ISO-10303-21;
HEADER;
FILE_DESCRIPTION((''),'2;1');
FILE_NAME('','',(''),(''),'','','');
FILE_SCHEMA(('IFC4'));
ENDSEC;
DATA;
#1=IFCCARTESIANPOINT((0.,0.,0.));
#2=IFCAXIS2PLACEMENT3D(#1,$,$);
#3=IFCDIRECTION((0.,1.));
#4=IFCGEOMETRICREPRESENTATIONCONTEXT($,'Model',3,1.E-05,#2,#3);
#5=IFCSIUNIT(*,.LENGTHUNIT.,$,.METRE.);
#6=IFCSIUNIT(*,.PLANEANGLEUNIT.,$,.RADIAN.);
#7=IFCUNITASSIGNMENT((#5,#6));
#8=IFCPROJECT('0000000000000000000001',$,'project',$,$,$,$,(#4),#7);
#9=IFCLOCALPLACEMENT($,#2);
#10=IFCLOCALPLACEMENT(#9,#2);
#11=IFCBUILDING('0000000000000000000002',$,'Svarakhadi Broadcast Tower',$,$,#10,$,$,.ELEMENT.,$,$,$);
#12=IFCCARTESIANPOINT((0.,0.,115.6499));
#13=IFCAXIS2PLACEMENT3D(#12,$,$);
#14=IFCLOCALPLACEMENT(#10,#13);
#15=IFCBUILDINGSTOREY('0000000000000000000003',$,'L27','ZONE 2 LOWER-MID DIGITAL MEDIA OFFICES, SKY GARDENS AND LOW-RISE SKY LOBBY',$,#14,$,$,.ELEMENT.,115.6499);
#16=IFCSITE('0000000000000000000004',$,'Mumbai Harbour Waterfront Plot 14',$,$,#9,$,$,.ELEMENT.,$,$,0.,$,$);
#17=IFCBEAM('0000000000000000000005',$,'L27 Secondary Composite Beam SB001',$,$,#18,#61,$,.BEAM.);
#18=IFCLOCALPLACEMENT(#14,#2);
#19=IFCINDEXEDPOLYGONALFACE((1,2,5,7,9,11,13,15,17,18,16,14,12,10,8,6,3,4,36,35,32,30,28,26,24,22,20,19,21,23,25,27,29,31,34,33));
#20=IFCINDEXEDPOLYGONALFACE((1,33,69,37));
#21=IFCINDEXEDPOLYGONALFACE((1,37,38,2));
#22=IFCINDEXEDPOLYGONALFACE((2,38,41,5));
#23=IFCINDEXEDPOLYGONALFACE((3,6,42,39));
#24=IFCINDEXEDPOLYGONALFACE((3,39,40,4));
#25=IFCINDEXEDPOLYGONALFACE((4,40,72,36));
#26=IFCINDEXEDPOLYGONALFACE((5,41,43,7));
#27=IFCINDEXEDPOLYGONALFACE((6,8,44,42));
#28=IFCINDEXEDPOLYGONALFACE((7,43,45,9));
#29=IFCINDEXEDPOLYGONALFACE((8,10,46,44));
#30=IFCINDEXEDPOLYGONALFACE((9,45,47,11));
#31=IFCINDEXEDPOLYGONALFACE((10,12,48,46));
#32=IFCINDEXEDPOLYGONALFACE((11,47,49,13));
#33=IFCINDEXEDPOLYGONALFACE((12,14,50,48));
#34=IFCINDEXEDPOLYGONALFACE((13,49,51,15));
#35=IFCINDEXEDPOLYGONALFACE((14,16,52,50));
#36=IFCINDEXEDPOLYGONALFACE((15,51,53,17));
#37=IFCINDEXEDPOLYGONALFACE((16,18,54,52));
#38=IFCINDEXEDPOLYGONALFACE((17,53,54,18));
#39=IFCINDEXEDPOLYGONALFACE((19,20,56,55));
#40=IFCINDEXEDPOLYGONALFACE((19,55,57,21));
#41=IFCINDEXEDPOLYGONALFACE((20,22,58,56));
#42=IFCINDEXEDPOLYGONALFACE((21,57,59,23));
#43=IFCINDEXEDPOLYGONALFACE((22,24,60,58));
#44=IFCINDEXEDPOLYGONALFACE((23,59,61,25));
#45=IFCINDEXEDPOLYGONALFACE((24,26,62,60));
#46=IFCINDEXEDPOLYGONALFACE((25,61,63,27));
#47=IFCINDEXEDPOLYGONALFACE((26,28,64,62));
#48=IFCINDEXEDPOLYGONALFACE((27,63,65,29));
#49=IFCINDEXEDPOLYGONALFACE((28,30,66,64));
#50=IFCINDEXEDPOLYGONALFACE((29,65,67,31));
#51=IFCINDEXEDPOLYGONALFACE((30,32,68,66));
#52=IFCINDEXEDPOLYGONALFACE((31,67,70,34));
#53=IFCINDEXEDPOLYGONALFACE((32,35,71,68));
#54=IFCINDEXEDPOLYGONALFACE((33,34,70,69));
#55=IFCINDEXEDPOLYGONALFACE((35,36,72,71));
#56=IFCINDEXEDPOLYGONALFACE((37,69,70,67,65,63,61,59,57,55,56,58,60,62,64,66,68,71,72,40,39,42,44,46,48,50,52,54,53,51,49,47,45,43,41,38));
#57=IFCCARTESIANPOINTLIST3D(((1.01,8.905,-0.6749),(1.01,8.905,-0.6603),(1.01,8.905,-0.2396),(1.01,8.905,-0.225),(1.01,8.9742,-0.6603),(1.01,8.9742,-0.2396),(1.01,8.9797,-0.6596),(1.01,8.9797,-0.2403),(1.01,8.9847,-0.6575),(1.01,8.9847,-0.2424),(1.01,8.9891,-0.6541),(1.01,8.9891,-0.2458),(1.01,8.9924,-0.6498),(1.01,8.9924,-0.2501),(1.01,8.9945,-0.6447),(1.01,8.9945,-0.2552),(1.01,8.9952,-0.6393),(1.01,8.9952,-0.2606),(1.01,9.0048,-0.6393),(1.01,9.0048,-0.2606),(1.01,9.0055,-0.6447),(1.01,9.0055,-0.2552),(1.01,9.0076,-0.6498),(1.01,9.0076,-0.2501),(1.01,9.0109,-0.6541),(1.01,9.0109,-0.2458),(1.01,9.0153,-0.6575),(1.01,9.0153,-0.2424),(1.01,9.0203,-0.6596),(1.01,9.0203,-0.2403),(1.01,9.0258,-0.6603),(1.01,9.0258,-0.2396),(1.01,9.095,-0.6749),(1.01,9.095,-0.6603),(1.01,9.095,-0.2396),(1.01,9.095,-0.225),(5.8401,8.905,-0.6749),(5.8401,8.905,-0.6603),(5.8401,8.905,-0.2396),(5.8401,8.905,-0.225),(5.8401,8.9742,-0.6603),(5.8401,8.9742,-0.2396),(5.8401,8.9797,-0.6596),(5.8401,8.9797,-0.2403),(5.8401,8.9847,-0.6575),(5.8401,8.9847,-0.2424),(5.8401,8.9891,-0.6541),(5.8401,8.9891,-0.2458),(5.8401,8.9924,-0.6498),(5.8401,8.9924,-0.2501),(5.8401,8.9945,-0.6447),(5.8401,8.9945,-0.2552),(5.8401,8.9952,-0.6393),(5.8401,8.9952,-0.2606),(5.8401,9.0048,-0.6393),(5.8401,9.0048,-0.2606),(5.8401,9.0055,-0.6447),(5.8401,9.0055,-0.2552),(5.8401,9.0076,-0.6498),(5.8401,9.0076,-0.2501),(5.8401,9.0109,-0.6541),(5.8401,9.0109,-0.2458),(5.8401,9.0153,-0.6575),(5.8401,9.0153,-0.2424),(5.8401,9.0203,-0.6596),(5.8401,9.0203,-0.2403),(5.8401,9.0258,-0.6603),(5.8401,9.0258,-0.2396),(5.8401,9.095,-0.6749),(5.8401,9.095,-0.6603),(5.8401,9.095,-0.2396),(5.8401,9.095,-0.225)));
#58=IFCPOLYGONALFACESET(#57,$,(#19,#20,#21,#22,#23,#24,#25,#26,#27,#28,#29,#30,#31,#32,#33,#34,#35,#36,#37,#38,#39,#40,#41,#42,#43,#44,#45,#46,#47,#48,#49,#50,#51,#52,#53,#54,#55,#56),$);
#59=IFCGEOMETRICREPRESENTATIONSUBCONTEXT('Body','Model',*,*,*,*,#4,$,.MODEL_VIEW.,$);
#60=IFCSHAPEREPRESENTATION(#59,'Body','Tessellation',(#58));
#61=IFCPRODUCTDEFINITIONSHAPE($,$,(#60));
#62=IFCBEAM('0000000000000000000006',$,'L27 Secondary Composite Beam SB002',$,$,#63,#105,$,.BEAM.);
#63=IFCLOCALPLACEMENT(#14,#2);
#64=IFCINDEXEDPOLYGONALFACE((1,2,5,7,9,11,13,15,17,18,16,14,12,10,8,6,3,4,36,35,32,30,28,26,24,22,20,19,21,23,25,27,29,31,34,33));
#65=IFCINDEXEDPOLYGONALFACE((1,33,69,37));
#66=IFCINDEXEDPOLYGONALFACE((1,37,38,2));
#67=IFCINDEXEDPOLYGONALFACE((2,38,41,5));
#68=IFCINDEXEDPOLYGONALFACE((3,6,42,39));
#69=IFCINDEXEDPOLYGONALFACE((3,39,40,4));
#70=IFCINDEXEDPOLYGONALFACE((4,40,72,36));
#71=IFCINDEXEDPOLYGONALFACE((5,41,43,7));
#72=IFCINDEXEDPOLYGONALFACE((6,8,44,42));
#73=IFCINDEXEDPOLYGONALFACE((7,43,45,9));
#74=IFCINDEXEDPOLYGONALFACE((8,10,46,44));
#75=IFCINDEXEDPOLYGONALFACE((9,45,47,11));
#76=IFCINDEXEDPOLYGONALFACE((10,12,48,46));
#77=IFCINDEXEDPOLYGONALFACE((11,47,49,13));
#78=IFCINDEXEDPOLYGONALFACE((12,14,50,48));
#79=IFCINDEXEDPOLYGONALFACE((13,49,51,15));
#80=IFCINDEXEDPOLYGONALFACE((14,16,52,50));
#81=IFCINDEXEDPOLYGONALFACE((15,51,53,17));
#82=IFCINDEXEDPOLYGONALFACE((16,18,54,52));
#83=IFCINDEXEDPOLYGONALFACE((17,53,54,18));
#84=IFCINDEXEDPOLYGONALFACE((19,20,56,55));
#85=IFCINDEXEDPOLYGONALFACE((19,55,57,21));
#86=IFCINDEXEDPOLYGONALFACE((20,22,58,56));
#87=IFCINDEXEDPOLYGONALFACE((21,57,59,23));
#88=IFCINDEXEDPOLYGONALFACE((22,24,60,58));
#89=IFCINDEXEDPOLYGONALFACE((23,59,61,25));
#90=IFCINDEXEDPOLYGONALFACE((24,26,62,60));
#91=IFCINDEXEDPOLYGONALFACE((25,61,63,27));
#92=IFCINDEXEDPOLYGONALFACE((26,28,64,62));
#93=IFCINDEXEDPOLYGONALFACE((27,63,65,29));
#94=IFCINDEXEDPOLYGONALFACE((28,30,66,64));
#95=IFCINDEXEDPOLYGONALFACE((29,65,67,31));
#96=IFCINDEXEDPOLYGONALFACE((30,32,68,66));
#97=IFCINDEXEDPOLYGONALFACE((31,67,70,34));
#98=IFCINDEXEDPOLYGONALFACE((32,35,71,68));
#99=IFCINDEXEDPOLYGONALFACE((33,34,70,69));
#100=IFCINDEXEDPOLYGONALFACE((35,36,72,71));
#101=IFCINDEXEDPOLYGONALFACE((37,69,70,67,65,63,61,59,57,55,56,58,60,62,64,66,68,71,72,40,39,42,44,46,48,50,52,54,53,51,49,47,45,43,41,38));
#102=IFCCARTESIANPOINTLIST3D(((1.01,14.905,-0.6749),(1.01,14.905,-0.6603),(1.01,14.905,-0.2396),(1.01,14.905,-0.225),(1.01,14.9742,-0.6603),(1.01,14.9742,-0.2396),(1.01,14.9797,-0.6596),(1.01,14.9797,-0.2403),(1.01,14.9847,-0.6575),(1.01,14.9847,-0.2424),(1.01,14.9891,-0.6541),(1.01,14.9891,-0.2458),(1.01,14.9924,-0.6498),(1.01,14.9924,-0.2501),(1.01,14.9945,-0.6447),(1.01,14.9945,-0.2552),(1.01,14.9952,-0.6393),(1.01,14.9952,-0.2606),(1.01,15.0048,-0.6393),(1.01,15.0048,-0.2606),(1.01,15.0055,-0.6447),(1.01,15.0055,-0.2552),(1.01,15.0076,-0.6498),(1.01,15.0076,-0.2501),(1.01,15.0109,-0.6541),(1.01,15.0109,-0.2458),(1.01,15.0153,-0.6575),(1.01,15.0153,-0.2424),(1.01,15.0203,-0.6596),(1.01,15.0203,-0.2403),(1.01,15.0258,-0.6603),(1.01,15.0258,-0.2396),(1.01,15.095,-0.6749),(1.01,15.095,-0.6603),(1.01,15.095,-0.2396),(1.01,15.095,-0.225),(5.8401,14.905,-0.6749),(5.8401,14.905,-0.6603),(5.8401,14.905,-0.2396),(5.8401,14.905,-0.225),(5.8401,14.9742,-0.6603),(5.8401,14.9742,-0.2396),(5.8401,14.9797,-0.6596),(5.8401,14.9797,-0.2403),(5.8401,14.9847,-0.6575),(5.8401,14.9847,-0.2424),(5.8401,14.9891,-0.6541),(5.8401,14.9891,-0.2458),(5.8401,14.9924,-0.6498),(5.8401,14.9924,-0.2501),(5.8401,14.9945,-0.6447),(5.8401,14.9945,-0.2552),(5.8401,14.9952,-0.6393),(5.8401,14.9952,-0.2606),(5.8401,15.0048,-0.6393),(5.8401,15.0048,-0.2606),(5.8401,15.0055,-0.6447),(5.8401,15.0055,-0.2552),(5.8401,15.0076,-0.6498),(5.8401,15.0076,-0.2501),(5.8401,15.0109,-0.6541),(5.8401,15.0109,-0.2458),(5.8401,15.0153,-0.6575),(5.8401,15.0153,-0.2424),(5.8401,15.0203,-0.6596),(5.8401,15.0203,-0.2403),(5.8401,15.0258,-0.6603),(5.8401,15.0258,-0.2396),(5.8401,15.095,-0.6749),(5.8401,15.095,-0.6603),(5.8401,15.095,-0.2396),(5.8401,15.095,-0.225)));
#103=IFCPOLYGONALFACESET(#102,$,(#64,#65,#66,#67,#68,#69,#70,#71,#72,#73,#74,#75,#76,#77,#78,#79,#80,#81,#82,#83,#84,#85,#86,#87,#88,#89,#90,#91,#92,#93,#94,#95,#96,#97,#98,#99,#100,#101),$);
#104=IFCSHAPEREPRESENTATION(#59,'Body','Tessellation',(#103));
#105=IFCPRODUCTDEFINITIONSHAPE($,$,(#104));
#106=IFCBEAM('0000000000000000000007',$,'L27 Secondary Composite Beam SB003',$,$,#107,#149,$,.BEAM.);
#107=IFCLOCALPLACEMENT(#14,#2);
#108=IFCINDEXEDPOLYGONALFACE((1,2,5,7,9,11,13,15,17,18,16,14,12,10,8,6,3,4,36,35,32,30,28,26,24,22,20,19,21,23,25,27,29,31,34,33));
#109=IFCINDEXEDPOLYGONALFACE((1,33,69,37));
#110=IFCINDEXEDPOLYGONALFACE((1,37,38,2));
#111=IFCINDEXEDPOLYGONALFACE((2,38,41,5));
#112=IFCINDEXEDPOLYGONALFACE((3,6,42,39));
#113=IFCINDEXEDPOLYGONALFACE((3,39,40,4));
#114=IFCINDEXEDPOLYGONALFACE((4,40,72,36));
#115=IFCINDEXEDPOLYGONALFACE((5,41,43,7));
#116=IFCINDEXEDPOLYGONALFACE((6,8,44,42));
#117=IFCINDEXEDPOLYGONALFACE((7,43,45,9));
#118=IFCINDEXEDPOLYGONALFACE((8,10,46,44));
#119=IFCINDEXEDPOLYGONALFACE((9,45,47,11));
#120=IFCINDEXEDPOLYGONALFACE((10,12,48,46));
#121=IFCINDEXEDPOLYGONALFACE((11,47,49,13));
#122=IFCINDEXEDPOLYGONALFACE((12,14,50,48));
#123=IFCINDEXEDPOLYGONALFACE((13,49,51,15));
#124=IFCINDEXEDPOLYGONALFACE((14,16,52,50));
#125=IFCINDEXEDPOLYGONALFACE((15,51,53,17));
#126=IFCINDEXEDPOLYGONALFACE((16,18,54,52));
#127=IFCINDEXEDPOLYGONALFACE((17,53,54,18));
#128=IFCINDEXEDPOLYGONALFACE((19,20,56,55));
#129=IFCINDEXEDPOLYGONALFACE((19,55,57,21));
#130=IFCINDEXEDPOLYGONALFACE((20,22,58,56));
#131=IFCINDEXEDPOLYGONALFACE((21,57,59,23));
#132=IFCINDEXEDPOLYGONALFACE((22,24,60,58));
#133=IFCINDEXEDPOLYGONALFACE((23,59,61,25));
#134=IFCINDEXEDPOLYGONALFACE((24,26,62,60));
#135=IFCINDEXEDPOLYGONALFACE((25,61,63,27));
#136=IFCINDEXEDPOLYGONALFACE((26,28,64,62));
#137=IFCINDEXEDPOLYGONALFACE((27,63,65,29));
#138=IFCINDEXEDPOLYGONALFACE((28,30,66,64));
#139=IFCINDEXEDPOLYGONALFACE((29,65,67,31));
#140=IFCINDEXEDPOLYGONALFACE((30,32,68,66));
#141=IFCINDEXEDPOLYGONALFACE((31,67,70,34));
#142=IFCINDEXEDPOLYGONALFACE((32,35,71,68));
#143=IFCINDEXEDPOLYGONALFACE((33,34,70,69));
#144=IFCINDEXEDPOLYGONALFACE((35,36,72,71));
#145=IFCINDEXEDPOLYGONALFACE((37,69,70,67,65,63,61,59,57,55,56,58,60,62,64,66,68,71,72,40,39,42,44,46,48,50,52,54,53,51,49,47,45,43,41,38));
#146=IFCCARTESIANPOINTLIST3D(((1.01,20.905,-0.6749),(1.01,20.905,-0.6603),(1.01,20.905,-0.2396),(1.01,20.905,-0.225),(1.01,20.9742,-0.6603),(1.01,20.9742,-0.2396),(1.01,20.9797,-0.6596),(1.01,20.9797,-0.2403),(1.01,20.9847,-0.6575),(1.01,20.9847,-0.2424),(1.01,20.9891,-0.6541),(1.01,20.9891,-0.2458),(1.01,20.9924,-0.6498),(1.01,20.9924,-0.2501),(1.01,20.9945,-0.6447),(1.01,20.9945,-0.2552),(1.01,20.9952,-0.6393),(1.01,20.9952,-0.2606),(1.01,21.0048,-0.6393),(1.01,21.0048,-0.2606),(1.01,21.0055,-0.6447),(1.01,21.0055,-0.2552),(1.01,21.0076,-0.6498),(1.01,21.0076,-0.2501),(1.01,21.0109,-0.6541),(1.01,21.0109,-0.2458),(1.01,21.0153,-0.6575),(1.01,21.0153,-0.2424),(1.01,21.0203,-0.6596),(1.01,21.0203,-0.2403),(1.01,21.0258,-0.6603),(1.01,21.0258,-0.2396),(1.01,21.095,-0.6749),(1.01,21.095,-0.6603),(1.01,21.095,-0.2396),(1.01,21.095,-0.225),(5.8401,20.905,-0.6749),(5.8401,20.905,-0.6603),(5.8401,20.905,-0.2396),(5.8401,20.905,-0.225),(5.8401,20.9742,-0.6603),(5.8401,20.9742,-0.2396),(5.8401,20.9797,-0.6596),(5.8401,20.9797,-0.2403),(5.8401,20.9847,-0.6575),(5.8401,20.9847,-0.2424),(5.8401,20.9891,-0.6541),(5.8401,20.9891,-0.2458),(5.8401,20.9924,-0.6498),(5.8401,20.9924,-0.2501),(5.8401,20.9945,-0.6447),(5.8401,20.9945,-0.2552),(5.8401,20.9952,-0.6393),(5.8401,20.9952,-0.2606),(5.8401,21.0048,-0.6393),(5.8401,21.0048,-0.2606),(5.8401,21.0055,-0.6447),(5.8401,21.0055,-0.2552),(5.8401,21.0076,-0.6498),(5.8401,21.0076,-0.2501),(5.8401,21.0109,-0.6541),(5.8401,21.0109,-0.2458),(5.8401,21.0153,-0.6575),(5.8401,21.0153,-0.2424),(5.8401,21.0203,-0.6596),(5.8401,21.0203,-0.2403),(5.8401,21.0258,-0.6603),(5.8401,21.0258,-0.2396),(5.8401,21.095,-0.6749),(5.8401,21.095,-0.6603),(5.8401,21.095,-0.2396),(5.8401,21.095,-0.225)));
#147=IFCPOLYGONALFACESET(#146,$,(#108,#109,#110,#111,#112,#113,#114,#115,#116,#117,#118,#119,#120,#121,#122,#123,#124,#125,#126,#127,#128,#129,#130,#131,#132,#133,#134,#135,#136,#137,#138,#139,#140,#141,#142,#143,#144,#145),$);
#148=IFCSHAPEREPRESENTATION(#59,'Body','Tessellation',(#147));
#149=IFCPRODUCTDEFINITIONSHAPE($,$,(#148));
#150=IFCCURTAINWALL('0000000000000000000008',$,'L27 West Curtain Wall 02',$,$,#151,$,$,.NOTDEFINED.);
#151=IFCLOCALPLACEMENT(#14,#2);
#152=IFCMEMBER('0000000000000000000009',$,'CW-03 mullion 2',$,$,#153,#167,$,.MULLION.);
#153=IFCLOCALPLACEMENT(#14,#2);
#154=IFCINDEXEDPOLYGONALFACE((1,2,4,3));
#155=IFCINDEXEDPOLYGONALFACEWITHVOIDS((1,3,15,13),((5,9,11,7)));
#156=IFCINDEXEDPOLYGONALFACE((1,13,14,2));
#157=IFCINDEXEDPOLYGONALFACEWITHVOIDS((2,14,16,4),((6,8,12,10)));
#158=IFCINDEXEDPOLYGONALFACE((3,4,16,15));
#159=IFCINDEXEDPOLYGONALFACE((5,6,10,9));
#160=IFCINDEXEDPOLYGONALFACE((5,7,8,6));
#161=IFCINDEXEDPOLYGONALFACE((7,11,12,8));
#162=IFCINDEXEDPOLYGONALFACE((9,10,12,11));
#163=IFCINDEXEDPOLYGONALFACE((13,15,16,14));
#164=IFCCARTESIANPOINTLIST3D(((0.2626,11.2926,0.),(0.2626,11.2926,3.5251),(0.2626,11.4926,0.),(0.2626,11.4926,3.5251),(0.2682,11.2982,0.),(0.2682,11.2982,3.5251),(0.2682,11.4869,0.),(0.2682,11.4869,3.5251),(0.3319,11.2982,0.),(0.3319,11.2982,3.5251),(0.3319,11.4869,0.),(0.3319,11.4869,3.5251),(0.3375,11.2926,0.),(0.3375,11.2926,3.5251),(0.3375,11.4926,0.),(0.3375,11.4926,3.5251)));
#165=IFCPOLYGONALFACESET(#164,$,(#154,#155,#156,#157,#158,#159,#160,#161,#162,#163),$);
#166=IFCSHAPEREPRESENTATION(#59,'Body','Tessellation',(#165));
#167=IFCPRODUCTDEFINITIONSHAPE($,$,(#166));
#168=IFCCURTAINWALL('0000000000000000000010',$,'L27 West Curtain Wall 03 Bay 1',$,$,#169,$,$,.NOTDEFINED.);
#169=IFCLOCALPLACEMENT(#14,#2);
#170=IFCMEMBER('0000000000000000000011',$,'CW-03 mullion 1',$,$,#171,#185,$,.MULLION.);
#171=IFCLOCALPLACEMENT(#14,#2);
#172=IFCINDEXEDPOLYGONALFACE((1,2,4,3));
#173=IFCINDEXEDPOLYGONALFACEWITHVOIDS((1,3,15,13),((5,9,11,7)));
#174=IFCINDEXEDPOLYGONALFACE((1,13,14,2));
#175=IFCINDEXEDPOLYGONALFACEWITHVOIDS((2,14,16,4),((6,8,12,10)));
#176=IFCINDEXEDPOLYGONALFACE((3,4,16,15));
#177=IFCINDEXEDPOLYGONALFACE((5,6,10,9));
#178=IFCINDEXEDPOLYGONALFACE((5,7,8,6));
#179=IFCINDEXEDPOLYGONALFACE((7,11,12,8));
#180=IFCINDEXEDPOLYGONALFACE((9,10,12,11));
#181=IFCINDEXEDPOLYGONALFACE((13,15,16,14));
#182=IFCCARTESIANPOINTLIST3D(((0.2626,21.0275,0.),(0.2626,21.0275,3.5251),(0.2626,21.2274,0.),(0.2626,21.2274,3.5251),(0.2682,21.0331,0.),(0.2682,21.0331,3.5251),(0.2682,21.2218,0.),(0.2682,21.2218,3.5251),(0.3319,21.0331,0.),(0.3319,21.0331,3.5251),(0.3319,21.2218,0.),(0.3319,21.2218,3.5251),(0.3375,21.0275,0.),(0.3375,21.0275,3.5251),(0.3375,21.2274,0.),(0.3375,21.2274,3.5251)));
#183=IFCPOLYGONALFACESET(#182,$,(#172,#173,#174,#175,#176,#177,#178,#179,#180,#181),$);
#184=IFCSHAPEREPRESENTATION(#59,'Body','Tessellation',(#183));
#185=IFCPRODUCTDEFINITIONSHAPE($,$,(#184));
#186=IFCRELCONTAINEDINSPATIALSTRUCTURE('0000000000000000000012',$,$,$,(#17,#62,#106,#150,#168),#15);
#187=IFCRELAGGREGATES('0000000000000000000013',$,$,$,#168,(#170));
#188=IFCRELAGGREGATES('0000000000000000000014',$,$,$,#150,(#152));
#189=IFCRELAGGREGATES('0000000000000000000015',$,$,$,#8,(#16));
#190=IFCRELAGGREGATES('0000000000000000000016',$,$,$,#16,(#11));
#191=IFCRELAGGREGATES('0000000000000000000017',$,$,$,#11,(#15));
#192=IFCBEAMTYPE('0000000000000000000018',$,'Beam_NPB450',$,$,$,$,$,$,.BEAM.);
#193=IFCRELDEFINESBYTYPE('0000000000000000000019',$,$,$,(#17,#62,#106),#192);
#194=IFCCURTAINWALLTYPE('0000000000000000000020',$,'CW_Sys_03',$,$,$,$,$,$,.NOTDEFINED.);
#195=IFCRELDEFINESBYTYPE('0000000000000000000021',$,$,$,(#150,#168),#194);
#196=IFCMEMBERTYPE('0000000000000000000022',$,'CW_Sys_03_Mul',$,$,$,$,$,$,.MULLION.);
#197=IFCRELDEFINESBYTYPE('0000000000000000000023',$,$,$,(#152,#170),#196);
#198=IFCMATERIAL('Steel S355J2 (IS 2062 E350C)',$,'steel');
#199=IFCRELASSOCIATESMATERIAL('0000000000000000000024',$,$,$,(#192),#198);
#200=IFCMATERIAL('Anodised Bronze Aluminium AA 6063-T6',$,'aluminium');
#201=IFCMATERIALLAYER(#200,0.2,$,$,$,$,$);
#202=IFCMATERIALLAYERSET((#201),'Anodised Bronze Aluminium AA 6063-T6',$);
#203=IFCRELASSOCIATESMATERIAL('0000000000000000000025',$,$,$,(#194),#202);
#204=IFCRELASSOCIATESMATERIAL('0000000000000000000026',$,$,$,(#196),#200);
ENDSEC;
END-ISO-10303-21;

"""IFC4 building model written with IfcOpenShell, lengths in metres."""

from ifc_helpers import new_model, si_unit, direction, frame, origin, origin_2d, place, context, subcontext, project, spatial, hollow_rectangle, i_section, extrude, material, layer, layer_set, material_profile, profile_set, type_object, element, aggregate, save


model = new_model("IFC4")

# Units and contexts
model_context = context("Model", 3, precision=1e-05, world=origin(), true_north=direction((0.0, 1.0)))
body_context = subcontext(model_context, "Body", "Model", "MODEL_VIEW")
ifc_project = project(units=[si_unit("LENGTHUNIT", "METRE"), si_unit("PLANEANGLEUNIT", "RADIAN")], contexts=[model_context])

# Site, building, storey
site_placement = place(None, origin())
site = spatial("IfcSite", under=ifc_project, at=site_placement, Name="Mumbai Harbour Waterfront Plot 14", CompositionType="ELEMENT", RefElevation=0.0)
building_placement = place(site_placement, origin())
building = spatial("IfcBuilding", under=site, at=building_placement, Name="Svarakhadi Broadcast Tower", CompositionType="ELEMENT")
storey_placement = place(building_placement, frame((0.0, 0.0, 115.6499)))
storey = spatial("IfcBuildingStorey", under=building, at=storey_placement, Name="L27", Description="ZONE 2 LOWER-MID DIGITAL MEDIA OFFICES, SKY GARDENS AND LOW-RISE SKY LOBBY", CompositionType="ELEMENT", Elevation=115.6499)

# Beams
ifc_material_1 = material(Name="Steel S355J2 (IS 2062 E350C)", Category="steel")
ifc_material_profile_1 = material_profile(ifc_material_1, i_section(OverallWidth=0.1899, OverallDepth=0.45, WebThickness=0.0095, FlangeThickness=0.0146, FilletRadius=0.021, at=origin_2d()), Name="NPB 450x190x78")
ifc_profile_set_1 = profile_set([ifc_material_profile_1], Name="Steel S355J2 (IS 2062 E350C)")
beam_type_1 = type_object("IfcBeamType", Name="Beam_NPB450", PredefinedType="BEAM", material=ifc_profile_set_1)
for number, where, z_axis, x_axis, name in (
    (1, (1.01, 9.0, -0.45), (1.0, 0.0, 0.0), (0.0, 1.0, 0.0), "L27 Secondary Composite Beam SB001"),
    (2, (1.01, 15.0, -0.45), (1.0, 0.0, 0.0), (0.0, 1.0, 0.0), "L27 Secondary Composite Beam SB002"),
    (3, (1.01, 21.0, -0.45), (1.0, 0.0, 0.0), (0.0, 1.0, 0.0), "L27 Secondary Composite Beam SB003"),
):
    element("IfcBeam", number, at=place(storey_placement, frame(where, z_axis=z_axis, x_axis=x_axis)), inside=storey, type_object=beam_type_1, Name=name, PredefinedType="BEAM", context=body_context, shape_type="SweptSolid", body=[
        extrude(i_section(OverallWidth=0.1899, OverallDepth=0.45, WebThickness=0.0095, FlangeThickness=0.0146, FilletRadius=0.021, at=origin_2d()), origin(), (0.0, 0.0, 1.0), 4.8301),
    ])

# Curtain walls, members
ifc_material_2 = material(Name="Anodised Bronze Aluminium AA 6063-T6", Category="aluminium")
ifc_layer_1 = layer(ifc_material_2, 0.2)
ifc_layer_set_1 = layer_set([ifc_layer_1], Name="Anodised Bronze Aluminium AA 6063-T6")
curtain_wall_type = type_object("IfcCurtainWallType", Name="CW_Sys_03", PredefinedType="NOTDEFINED", material=ifc_layer_set_1)
curtain_wall_1_placement = place(storey_placement, origin())
curtain_wall_1 = element("IfcCurtainWall", 4, at=curtain_wall_1_placement, inside=storey, type_object=curtain_wall_type, Name="L27 West Curtain Wall 02", PredefinedType="NOTDEFINED")
ifc_material_profile_2 = material_profile(ifc_material_2, hollow_rectangle(XDim=0.075, YDim=0.2, WallThickness=0.0056, at=origin_2d()), Name="ALU MULLION 200x75x6")
ifc_profile_set_2 = profile_set([ifc_material_profile_2], Name="Anodised Bronze Aluminium AA 6063-T6")
member_type = type_object("IfcMemberType", Name="CW_Sys_03_Mul", PredefinedType="MULLION", material=ifc_profile_set_2)
member_1_placement = place(storey_placement, frame((0.3, 11.3926, 0.0), z_axis=(0.0, 0.0, 1.0), x_axis=(-1.0, 0.0, 0.0)))
member_1 = element("IfcMember", 5, at=member_1_placement, type_object=member_type, Name="CW-03 mullion 2", PredefinedType="MULLION", context=body_context, shape_type="SweptSolid", body=[
    extrude(hollow_rectangle(XDim=0.075, YDim=0.2, WallThickness=0.0056, at=origin_2d()), origin(), (0.0, 0.0, 1.0), 3.5251),
])
curtain_wall_2_placement = place(storey_placement, origin())
curtain_wall_2 = element("IfcCurtainWall", 6, at=curtain_wall_2_placement, inside=storey, type_object=curtain_wall_type, Name="L27 West Curtain Wall 03 Bay 1", PredefinedType="NOTDEFINED")
member_2_placement = place(storey_placement, frame((0.3, 21.1274, 0.0), z_axis=(0.0, 0.0, 1.0), x_axis=(-1.0, 0.0, 0.0)))
member_2 = element("IfcMember", 7, at=member_2_placement, type_object=member_type, Name="CW-03 mullion 1", PredefinedType="MULLION", context=body_context, shape_type="SweptSolid", body=[
    extrude(hollow_rectangle(XDim=0.075, YDim=0.2, WallThickness=0.0056, at=origin_2d()), origin(), (0.0, 0.0, 1.0), 3.5251),
])
aggregate(curtain_wall_2, [member_2])

aggregate(curtain_wall_1, [member_1])

save(model, "model.ifc")
